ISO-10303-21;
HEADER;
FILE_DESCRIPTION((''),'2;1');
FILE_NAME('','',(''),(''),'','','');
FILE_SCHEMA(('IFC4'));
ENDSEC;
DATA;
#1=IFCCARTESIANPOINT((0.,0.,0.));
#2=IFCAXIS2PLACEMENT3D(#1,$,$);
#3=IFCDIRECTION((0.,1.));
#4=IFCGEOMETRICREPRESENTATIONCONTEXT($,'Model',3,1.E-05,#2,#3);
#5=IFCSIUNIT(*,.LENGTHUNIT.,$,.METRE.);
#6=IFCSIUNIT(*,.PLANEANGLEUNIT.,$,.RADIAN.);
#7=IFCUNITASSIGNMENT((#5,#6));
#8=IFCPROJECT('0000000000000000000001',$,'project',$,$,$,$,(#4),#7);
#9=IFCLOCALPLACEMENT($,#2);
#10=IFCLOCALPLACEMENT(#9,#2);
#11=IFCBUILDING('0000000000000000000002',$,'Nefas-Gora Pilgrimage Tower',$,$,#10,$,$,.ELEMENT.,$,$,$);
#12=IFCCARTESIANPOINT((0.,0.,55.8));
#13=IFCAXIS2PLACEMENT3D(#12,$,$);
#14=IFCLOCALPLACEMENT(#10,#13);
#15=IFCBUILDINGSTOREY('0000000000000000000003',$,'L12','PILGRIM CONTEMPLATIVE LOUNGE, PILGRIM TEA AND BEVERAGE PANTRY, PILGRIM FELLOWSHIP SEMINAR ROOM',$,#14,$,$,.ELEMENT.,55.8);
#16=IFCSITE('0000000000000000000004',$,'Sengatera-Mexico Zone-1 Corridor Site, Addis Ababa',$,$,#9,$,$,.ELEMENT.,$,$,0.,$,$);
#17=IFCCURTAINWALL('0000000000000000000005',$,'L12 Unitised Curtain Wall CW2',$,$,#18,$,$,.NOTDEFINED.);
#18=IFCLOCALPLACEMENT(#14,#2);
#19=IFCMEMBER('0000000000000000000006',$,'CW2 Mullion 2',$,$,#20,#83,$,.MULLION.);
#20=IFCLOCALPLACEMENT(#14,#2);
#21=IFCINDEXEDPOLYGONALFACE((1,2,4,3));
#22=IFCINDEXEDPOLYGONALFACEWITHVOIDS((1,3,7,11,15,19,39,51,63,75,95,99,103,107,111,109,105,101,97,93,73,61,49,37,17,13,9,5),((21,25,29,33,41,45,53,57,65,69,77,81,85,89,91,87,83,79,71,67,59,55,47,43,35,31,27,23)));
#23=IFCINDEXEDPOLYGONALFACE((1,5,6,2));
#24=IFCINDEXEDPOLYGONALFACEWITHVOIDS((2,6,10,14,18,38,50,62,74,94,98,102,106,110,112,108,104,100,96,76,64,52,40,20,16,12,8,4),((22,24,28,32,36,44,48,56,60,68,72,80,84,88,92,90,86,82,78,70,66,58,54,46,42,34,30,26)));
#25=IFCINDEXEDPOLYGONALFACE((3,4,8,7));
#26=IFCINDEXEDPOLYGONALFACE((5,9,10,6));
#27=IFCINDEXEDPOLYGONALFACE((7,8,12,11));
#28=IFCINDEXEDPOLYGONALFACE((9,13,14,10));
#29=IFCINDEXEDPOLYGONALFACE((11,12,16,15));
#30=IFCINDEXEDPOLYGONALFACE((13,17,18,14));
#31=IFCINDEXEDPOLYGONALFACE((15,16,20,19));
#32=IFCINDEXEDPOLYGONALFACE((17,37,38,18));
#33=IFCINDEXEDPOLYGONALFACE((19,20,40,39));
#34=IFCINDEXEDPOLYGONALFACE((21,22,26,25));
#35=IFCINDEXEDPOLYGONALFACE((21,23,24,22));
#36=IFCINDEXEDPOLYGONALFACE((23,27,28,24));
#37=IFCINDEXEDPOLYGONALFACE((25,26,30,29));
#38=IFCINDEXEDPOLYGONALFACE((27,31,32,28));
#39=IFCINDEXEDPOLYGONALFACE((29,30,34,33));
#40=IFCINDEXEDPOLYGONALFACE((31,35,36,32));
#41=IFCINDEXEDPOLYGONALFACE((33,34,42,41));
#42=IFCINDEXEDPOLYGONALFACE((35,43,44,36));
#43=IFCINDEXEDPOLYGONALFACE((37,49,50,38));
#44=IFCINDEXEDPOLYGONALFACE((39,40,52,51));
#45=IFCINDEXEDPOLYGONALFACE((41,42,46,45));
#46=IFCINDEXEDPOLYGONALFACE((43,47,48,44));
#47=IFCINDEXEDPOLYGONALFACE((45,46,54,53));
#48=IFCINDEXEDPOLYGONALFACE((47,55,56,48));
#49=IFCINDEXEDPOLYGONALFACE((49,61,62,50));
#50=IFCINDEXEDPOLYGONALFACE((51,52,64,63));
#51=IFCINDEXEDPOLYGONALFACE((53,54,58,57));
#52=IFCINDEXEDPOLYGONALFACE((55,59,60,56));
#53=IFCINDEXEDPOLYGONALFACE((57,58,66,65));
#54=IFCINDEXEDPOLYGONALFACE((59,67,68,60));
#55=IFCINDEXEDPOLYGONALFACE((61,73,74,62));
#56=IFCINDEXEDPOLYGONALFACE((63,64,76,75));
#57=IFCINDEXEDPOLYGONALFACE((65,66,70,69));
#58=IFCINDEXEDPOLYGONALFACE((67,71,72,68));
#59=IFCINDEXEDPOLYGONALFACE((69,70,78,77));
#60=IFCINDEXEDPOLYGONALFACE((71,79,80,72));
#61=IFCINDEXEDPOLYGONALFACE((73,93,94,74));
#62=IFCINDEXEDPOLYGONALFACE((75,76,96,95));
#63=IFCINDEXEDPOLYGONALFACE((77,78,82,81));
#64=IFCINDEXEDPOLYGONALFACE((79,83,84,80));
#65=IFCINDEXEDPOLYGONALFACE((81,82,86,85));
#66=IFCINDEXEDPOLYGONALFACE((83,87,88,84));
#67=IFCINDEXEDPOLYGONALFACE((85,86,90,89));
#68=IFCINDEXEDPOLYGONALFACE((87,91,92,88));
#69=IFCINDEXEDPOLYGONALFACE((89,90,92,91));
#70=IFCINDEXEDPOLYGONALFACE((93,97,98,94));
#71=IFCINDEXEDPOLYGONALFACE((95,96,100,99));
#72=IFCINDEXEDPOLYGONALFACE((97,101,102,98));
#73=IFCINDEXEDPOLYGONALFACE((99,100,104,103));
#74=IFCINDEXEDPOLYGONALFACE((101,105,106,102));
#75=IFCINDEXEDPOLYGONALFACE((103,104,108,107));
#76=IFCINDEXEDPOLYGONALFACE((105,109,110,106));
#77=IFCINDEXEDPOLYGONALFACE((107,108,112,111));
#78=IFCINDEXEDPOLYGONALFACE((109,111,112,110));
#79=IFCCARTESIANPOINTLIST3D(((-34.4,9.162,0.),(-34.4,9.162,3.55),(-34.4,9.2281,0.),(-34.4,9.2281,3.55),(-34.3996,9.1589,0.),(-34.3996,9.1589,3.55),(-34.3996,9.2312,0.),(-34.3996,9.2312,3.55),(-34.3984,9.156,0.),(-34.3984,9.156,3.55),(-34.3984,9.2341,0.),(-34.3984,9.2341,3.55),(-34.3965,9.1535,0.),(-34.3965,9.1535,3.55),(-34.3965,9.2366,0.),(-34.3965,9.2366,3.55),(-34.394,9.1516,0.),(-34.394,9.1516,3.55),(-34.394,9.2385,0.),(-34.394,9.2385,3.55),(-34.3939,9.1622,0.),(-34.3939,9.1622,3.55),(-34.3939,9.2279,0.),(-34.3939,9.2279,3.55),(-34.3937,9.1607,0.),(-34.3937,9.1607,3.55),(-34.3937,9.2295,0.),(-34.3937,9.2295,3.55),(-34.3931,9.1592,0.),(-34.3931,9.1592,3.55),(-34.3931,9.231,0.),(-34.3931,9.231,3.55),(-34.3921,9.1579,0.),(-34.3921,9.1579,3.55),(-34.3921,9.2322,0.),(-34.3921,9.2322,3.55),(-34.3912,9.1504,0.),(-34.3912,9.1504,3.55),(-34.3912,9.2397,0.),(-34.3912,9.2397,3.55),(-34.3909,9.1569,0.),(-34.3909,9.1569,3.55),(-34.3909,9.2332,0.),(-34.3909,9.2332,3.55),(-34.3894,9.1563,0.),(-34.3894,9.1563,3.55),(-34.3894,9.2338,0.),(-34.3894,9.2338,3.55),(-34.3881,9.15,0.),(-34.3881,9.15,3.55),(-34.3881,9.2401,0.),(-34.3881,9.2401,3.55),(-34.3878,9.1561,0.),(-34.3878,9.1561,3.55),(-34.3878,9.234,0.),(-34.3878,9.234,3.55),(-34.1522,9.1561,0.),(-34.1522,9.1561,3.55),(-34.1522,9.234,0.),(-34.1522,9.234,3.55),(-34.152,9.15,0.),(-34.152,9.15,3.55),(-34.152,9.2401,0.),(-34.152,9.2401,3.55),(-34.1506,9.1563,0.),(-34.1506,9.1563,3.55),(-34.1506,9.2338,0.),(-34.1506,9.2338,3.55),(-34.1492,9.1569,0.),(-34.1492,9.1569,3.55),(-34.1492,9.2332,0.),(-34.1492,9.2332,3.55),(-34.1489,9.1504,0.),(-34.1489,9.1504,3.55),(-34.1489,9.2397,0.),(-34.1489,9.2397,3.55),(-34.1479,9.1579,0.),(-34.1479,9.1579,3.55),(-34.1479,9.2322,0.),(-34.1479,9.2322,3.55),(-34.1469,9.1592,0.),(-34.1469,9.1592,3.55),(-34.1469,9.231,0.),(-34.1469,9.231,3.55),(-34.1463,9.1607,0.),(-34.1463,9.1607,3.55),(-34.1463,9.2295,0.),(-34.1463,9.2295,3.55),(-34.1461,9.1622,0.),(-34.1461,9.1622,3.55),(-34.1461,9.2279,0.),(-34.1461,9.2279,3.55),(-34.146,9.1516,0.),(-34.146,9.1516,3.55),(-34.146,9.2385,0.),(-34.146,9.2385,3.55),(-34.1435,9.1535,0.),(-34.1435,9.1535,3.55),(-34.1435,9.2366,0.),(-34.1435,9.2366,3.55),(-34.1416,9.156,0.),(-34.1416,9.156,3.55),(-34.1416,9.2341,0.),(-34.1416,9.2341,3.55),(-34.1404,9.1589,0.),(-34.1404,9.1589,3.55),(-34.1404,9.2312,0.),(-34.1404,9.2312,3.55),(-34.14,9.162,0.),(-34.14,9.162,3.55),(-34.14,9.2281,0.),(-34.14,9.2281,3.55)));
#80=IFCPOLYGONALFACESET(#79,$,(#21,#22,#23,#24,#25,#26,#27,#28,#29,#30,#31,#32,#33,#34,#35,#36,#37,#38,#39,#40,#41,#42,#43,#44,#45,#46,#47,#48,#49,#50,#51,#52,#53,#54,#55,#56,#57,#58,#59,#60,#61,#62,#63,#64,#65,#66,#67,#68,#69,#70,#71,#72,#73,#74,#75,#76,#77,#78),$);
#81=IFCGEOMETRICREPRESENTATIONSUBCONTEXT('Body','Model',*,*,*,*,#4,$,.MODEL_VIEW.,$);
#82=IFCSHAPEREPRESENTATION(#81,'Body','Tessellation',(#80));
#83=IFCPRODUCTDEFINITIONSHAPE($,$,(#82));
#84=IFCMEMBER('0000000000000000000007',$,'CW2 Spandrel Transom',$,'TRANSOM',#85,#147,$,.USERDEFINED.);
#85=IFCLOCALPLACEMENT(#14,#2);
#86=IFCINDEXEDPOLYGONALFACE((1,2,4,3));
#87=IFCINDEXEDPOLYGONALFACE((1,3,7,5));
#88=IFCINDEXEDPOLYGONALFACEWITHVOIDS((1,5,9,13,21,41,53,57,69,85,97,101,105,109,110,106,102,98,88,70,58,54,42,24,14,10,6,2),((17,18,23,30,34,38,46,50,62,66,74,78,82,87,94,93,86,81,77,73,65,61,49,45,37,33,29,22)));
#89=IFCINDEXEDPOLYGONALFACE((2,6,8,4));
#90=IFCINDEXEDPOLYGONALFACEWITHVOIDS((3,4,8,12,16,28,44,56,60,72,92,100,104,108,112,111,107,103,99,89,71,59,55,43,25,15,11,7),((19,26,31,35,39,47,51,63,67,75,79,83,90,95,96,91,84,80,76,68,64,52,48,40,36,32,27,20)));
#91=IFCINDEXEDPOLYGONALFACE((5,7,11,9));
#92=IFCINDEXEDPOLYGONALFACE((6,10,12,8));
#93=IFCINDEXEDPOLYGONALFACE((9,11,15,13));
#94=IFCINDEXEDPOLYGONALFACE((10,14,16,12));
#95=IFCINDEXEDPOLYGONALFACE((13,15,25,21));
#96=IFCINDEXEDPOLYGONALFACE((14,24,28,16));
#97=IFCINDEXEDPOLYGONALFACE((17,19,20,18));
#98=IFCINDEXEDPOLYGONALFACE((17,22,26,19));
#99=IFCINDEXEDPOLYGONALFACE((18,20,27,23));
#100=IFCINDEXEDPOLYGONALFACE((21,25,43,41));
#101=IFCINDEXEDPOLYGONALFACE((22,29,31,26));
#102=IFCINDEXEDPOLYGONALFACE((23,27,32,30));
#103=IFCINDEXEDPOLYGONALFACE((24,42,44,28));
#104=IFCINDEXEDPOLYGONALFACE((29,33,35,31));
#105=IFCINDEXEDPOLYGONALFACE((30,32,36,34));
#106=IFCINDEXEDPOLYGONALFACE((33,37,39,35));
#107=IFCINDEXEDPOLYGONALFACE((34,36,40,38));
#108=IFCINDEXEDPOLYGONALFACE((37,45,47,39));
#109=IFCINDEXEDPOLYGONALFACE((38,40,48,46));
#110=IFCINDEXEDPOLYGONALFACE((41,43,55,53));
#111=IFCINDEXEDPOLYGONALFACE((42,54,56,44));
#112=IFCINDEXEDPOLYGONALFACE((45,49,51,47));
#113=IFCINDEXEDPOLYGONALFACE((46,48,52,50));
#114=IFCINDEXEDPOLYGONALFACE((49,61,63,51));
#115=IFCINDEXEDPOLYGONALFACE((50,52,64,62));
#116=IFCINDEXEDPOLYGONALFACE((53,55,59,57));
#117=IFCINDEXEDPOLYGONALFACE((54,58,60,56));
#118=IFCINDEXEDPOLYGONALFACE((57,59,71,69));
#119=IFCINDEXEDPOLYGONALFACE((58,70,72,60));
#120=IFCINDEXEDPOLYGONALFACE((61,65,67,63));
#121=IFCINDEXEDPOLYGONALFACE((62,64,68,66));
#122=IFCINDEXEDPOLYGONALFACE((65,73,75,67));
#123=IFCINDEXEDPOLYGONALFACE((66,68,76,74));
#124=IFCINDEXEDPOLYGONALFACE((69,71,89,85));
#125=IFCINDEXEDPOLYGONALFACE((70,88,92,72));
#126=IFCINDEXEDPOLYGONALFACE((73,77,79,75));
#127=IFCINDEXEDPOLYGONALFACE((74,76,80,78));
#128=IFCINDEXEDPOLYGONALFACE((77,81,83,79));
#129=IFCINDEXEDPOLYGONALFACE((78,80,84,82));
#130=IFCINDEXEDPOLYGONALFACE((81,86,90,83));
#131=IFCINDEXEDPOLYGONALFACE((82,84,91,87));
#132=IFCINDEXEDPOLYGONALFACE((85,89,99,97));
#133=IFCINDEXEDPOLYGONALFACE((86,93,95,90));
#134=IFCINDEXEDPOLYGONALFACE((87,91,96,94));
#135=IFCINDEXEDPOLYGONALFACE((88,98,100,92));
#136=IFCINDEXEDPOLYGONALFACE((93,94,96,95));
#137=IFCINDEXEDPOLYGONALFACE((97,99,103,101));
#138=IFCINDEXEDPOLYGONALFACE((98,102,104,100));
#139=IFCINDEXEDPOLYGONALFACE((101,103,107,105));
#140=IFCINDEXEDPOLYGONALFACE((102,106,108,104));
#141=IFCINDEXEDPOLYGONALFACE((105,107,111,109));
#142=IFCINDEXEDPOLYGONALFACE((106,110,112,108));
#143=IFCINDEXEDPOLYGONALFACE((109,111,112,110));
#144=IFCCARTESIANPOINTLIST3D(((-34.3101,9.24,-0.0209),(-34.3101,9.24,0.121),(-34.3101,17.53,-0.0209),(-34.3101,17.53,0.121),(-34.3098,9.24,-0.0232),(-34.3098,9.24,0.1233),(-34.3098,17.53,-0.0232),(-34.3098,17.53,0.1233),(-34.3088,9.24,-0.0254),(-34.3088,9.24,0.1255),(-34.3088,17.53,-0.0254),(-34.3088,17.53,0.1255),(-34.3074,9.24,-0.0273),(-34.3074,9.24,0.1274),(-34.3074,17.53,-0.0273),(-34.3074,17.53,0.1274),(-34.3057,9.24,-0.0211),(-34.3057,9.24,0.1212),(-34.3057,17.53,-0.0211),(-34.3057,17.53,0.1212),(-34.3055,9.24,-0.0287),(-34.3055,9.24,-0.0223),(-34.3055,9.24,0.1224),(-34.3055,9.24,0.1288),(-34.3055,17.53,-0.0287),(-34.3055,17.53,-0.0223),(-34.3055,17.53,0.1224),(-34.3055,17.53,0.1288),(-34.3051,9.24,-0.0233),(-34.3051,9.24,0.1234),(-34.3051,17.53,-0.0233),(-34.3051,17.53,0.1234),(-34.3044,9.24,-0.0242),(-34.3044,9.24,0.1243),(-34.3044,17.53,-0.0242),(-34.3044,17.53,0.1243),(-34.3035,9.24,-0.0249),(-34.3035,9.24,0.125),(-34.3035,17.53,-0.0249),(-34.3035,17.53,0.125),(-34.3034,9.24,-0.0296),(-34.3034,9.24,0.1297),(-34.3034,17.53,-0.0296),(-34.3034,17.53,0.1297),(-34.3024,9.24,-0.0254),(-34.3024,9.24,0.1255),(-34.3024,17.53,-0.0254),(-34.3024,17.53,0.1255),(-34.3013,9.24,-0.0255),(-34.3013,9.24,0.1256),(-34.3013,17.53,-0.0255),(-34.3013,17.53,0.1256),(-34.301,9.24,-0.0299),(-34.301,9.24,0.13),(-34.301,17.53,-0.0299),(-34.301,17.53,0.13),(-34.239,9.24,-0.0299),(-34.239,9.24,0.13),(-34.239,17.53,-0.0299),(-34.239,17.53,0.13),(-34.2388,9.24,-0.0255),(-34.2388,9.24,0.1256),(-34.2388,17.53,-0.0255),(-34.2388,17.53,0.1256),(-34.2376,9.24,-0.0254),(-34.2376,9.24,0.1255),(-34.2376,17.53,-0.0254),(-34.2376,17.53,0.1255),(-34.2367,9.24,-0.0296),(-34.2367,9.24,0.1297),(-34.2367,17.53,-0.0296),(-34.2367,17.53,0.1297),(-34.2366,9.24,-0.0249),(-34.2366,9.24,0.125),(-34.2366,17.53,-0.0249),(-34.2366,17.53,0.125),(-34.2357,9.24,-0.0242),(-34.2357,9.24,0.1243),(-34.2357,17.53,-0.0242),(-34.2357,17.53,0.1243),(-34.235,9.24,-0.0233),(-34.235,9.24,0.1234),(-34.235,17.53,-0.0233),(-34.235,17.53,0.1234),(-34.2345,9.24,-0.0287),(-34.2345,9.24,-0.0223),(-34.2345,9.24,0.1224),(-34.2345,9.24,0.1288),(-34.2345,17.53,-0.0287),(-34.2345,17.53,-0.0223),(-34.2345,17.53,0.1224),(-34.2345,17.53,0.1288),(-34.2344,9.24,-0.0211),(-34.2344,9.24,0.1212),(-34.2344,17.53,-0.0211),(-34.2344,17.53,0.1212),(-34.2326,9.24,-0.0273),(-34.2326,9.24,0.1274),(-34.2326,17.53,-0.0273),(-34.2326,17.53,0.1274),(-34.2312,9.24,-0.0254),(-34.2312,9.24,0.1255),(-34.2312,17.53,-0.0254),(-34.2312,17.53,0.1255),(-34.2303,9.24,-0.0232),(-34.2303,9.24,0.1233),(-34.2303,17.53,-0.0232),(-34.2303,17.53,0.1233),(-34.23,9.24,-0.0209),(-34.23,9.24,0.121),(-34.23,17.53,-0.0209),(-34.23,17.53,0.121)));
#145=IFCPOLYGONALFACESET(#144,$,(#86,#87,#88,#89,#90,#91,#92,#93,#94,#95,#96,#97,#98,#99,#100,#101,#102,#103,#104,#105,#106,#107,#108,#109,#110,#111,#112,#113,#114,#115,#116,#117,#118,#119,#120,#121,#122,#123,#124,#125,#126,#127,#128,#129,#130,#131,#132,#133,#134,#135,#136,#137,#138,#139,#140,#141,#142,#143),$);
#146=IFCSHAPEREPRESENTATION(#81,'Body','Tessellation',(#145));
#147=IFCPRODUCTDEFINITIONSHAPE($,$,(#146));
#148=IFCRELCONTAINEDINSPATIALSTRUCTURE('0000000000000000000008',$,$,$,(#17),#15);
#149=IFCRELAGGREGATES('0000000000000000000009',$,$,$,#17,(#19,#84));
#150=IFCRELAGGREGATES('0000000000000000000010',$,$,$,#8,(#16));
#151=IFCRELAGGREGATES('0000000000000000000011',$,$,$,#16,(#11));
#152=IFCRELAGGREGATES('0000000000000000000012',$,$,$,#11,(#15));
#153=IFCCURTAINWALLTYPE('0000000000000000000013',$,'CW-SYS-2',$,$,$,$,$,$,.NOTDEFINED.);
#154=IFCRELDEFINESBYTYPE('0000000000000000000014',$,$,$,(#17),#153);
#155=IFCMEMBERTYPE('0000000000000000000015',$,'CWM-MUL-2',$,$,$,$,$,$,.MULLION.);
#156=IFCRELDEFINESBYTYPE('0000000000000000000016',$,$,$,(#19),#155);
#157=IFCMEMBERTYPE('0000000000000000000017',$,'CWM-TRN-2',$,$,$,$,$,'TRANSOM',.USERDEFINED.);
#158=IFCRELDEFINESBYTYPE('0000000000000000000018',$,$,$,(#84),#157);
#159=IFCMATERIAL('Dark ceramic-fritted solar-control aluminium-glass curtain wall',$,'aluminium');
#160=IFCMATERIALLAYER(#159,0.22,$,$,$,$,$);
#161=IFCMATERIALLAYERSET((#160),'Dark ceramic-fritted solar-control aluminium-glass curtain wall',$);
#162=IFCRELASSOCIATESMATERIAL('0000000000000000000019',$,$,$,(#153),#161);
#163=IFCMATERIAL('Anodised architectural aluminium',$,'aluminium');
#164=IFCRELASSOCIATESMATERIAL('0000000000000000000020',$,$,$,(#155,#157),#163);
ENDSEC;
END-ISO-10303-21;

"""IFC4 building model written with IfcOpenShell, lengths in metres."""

from ifc_helpers import new_model, si_unit, direction, frame, origin, origin_2d, place, context, subcontext, project, spatial, hollow_rectangle, extrude, source, transform, mapped, material, layer, layer_set, material_profile, profile_set, type_object, element, aggregate, save


model = new_model("IFC4")

# Units and contexts
model_context = context("Model", 3, precision=1e-05, world=origin(), true_north=direction((0.0, 1.0)))
body_context = subcontext(model_context, "Body", "Model", "MODEL_VIEW")
ifc_project = project(units=[si_unit("LENGTHUNIT", "METRE"), si_unit("PLANEANGLEUNIT", "RADIAN")], contexts=[model_context])

# Site, building, storey
site_placement = place(None, origin())
site = spatial("IfcSite", under=ifc_project, at=site_placement, Name="Sengatera-Mexico Zone-1 Corridor Site, Addis Ababa", CompositionType="ELEMENT", RefElevation=0.0)
building_placement = place(site_placement, origin())
building = spatial("IfcBuilding", under=site, at=building_placement, Name="Nefas-Gora Pilgrimage Tower", CompositionType="ELEMENT")
storey_placement = place(building_placement, frame((0.0, 0.0, 55.8)))
storey = spatial("IfcBuildingStorey", under=building, at=storey_placement, Name="L12", Description="PILGRIM CONTEMPLATIVE LOUNGE, PILGRIM TEA AND BEVERAGE PANTRY, PILGRIM FELLOWSHIP SEMINAR ROOM", CompositionType="ELEMENT", Elevation=55.8)

# Shared definitions
ifc_material_1 = material(Name="Dark ceramic-fritted solar-control aluminium-glass curtain wall", Category="aluminium")
ifc_material_2 = material(Name="Anodised architectural aluminium", Category="aluminium")

# Curtain wall, members
ifc_layer_1 = layer(ifc_material_1, 0.22)
ifc_layer_set_1 = layer_set([ifc_layer_1], Name="Dark ceramic-fritted solar-control aluminium-glass curtain wall")
curtain_wall_type_1 = type_object("IfcCurtainWallType", Name="CW-SYS-2", PredefinedType="NOTDEFINED", material=ifc_layer_set_1)
ifc_material_profile_1 = material_profile(ifc_material_2, hollow_rectangle(XDim=0.0901, YDim=0.26, WallThickness=0.0061, InnerFilletRadius=0.0061, OuterFilletRadius=0.012, at=origin_2d()), Name="ALU MULLION 90x260")
ifc_profile_set_1 = profile_set([ifc_material_profile_1], Name="Anodised architectural aluminium")
member_type_1 = type_object("IfcMemberType", Name="CWM-MUL-2", PredefinedType="MULLION", material=ifc_profile_set_1)
shared_shape_1 = source(origin(), body_context, "Body", "SweptSolid", [
    extrude(hollow_rectangle(XDim=0.0901, YDim=0.26, WallThickness=0.0061, InnerFilletRadius=0.0061, OuterFilletRadius=0.012, at=origin_2d()), origin(), (0.0, 0.0, 1.0), 3.55),
])
curtain_wall_1_placement = place(storey_placement, origin())
curtain_wall_1 = element("IfcCurtainWall", 1, at=curtain_wall_1_placement, inside=storey, type_object=curtain_wall_type_1, Name="L12 Unitised Curtain Wall CW2", PredefinedType="NOTDEFINED")
member_1_placement = place(storey_placement, frame((-34.27, 9.1951, 0.0), z_axis=(0.0, 0.0, 1.0), x_axis=(0.0, -1.0, 0.0)))
member_1 = element("IfcMember", 2, at=member_1_placement, type_object=member_type_1, Name="CW2 Mullion 2", PredefinedType="MULLION", context=body_context, shape_type="MappedRepresentation", body=[
    mapped(shared_shape_1, transform((0.0, 0.0, 0.0), x_axis=(1.0, 0.0, 0.0), y_axis=(0.0, 1.0, 0.0), z_axis=(0.0, 0.0, 1.0), scale=1.0)),
])
ifc_material_profile_2 = material_profile(ifc_material_2, hollow_rectangle(XDim=0.0801, YDim=0.1599, WallThickness=0.0044, InnerFilletRadius=0.0044, OuterFilletRadius=0.009, at=origin_2d()), Name="ALU TRANSOM 80x160")
ifc_profile_set_2 = profile_set([ifc_material_profile_2], Name="Anodised architectural aluminium")
member_type_2 = type_object("IfcMemberType", Name="CWM-TRN-2", ElementType="TRANSOM", PredefinedType="USERDEFINED", material=ifc_profile_set_2)
shared_shape_2 = source(origin(), body_context, "Body", "SweptSolid", [
    extrude(hollow_rectangle(XDim=0.0801, YDim=0.1599, WallThickness=0.0044, InnerFilletRadius=0.0044, OuterFilletRadius=0.009, at=origin_2d()), origin(), (0.0, 0.0, 1.0), 8.29),
])
member_2_placement = place(storey_placement, frame((-34.27, 17.53, 0.05), z_axis=(0.0, -1.0, 0.0), x_axis=(1.0, 0.0, 0.0)))
member_2 = element("IfcMember", 3, at=member_2_placement, type_object=member_type_2, Name="CW2 Spandrel Transom", ObjectType="TRANSOM", PredefinedType="USERDEFINED", context=body_context, shape_type="MappedRepresentation", body=[
    mapped(shared_shape_2, transform((0.0, 0.0, 0.0), x_axis=(1.0, 0.0, 0.0), y_axis=(0.0, 1.0, 0.0), z_axis=(0.0, 0.0, 1.0), scale=1.0)),
])

aggregate(curtain_wall_1, [member_1, member_2])

save(model, "model.ifc")
